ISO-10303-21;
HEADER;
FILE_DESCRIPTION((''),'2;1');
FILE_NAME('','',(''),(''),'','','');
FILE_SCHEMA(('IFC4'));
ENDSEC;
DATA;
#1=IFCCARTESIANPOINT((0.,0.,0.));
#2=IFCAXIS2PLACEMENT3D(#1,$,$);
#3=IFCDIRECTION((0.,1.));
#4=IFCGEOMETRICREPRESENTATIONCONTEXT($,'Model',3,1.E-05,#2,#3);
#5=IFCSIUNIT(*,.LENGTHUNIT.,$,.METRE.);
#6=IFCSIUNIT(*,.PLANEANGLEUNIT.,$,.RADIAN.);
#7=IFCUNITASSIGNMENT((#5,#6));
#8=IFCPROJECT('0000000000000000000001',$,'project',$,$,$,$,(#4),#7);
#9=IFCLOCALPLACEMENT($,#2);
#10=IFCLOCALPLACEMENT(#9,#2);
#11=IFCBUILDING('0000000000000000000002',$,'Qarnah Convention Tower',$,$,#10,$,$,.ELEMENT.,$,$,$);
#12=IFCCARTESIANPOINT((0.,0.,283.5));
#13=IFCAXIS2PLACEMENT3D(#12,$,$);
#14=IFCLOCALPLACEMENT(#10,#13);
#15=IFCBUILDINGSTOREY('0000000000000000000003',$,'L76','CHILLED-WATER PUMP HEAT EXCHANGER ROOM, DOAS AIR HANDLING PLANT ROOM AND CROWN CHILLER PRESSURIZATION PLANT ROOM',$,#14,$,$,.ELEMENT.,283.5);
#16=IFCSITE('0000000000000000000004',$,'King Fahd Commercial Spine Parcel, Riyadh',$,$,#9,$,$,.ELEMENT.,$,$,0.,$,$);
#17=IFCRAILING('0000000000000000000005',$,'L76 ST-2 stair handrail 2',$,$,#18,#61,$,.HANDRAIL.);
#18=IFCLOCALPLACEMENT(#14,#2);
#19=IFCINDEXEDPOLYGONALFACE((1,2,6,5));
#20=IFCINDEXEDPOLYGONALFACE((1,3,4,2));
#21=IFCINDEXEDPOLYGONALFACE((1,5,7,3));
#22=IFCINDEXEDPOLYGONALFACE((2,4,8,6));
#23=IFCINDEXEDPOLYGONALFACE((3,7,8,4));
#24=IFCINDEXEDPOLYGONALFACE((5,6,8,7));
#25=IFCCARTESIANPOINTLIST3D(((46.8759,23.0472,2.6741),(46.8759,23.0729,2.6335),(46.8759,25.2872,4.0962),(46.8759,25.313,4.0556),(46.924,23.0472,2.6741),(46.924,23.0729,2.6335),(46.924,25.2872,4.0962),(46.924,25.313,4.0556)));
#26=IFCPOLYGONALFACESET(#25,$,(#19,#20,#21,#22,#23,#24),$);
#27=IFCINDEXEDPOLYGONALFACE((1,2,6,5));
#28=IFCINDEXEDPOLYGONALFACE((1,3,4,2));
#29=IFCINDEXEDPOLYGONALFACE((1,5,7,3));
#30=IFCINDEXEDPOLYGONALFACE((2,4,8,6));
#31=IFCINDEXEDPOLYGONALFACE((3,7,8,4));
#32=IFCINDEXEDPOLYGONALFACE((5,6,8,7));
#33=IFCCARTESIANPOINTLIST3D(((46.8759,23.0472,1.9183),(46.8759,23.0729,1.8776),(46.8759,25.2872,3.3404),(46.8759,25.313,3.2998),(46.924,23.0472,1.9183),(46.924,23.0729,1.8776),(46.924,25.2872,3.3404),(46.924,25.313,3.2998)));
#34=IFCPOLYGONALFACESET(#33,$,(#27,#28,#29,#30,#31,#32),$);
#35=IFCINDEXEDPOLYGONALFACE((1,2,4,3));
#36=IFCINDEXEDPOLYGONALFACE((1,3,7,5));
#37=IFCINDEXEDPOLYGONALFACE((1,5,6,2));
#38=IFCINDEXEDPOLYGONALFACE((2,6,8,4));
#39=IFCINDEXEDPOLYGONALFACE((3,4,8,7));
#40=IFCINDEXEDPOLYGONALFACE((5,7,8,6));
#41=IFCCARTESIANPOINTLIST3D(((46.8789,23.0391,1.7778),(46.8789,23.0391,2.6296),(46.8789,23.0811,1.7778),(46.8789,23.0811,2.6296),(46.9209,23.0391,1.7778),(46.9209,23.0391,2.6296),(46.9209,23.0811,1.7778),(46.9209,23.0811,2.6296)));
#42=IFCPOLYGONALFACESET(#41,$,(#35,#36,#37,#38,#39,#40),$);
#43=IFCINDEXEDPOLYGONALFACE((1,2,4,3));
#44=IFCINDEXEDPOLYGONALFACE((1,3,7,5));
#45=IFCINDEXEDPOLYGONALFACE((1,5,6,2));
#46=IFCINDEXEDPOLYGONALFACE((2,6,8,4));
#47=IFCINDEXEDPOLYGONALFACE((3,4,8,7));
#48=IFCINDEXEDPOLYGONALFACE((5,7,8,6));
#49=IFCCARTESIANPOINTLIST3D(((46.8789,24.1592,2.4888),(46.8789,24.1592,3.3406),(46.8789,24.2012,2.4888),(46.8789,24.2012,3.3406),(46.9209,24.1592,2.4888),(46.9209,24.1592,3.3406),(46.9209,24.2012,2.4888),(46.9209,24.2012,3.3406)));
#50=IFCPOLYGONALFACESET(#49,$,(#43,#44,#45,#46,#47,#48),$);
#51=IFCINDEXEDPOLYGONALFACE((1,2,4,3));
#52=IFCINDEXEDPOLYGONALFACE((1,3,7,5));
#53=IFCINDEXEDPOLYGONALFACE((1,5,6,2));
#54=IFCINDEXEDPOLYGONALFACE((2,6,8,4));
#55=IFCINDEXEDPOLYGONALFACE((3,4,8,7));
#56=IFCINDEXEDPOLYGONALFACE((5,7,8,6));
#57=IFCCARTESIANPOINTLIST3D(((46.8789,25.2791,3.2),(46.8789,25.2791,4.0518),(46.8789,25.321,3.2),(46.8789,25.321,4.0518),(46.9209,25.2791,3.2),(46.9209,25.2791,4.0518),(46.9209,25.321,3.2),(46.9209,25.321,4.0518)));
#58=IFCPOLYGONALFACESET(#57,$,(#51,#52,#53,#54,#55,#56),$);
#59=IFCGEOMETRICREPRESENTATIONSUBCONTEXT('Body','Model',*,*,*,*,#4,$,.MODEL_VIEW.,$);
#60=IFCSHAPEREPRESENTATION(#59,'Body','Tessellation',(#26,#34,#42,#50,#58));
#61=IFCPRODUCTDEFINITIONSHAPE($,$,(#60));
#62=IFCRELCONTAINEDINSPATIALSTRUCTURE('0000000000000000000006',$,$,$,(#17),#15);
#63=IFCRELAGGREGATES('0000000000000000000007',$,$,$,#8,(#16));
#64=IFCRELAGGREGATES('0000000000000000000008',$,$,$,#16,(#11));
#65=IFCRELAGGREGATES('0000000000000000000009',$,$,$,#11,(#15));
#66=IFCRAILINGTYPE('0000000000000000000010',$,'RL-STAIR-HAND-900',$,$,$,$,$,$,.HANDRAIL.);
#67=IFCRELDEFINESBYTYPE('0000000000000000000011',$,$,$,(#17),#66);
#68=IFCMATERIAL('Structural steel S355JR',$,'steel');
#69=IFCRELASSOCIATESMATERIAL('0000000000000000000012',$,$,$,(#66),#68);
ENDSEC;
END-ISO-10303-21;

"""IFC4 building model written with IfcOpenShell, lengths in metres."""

from ifc_helpers import new_model, si_unit, direction, frame, origin, origin_2d, place, context, subcontext, project, spatial, rectangle, extrude, material, type_object, element, save


model = new_model("IFC4")

# Units and contexts
model_context = context("Model", 3, precision=1e-05, world=origin(), true_north=direction((0.0, 1.0)))
body_context = subcontext(model_context, "Body", "Model", "MODEL_VIEW")
ifc_project = project(units=[si_unit("LENGTHUNIT", "METRE"), si_unit("PLANEANGLEUNIT", "RADIAN")], contexts=[model_context])

# Site, building, storey
site_placement = place(None, origin())
site = spatial("IfcSite", under=ifc_project, at=site_placement, Name="King Fahd Commercial Spine Parcel, Riyadh", CompositionType="ELEMENT", RefElevation=0.0)
building_placement = place(site_placement, origin())
building = spatial("IfcBuilding", under=site, at=building_placement, Name="Qarnah Convention Tower", CompositionType="ELEMENT")
storey_placement = place(building_placement, frame((0.0, 0.0, 283.5)))
storey = spatial("IfcBuildingStorey", under=building, at=storey_placement, Name="L76", Description="CHILLED-WATER PUMP HEAT EXCHANGER ROOM, DOAS AIR HANDLING PLANT ROOM AND CROWN CHILLER PRESSURIZATION PLANT ROOM", CompositionType="ELEMENT", Elevation=283.5)

# Shared definitions
ifc_material_1 = material(Name="Structural steel S355JR", Category="steel")

# Railing
railing_type_1 = type_object("IfcRailingType", Name="RL-STAIR-HAND-900", PredefinedType="HANDRAIL", material=ifc_material_1)
railing_1_placement = place(storey_placement, frame((46.8999, 23.0601, 1.7778)))
element("IfcRailing", 1, at=railing_1_placement, inside=storey, type_object=railing_type_1, Name="L76 ST-2 stair handrail 2", PredefinedType="HANDRAIL", context=body_context, shape_type="SweptSolid", body=[
    extrude(rectangle(XDim=0.0481, YDim=0.0481, at=origin_2d()), frame((0.0, 0.0, 0.876), z_axis=(0.0, 0.844229, 0.535982), x_axis=(-1.0, 0.0, 0.0)), (0.0, 0.0, 1.0), 2.6533),
    extrude(rectangle(XDim=0.0481, YDim=0.0481, at=origin_2d()), frame((0.0, 0.0, 0.1201), z_axis=(0.0, 0.844229, 0.535982), x_axis=(-1.0, 0.0, 0.0)), (0.0, 0.0, 1.0), 2.6533),
    extrude(rectangle(XDim=0.042, YDim=0.042, at=origin_2d()), origin(), (0.0, 0.0, 1.0), 0.8518),
    extrude(rectangle(XDim=0.042, YDim=0.042, at=origin_2d()), frame((0.0, 1.1201, 0.7109)), (0.0, 0.0, 1.0), 0.8518),
    extrude(rectangle(XDim=0.042, YDim=0.042, at=origin_2d()), frame((0.0, 2.24, 1.4221)), (0.0, 0.0, 1.0), 0.8518),
])

save(model, "model.ifc")
